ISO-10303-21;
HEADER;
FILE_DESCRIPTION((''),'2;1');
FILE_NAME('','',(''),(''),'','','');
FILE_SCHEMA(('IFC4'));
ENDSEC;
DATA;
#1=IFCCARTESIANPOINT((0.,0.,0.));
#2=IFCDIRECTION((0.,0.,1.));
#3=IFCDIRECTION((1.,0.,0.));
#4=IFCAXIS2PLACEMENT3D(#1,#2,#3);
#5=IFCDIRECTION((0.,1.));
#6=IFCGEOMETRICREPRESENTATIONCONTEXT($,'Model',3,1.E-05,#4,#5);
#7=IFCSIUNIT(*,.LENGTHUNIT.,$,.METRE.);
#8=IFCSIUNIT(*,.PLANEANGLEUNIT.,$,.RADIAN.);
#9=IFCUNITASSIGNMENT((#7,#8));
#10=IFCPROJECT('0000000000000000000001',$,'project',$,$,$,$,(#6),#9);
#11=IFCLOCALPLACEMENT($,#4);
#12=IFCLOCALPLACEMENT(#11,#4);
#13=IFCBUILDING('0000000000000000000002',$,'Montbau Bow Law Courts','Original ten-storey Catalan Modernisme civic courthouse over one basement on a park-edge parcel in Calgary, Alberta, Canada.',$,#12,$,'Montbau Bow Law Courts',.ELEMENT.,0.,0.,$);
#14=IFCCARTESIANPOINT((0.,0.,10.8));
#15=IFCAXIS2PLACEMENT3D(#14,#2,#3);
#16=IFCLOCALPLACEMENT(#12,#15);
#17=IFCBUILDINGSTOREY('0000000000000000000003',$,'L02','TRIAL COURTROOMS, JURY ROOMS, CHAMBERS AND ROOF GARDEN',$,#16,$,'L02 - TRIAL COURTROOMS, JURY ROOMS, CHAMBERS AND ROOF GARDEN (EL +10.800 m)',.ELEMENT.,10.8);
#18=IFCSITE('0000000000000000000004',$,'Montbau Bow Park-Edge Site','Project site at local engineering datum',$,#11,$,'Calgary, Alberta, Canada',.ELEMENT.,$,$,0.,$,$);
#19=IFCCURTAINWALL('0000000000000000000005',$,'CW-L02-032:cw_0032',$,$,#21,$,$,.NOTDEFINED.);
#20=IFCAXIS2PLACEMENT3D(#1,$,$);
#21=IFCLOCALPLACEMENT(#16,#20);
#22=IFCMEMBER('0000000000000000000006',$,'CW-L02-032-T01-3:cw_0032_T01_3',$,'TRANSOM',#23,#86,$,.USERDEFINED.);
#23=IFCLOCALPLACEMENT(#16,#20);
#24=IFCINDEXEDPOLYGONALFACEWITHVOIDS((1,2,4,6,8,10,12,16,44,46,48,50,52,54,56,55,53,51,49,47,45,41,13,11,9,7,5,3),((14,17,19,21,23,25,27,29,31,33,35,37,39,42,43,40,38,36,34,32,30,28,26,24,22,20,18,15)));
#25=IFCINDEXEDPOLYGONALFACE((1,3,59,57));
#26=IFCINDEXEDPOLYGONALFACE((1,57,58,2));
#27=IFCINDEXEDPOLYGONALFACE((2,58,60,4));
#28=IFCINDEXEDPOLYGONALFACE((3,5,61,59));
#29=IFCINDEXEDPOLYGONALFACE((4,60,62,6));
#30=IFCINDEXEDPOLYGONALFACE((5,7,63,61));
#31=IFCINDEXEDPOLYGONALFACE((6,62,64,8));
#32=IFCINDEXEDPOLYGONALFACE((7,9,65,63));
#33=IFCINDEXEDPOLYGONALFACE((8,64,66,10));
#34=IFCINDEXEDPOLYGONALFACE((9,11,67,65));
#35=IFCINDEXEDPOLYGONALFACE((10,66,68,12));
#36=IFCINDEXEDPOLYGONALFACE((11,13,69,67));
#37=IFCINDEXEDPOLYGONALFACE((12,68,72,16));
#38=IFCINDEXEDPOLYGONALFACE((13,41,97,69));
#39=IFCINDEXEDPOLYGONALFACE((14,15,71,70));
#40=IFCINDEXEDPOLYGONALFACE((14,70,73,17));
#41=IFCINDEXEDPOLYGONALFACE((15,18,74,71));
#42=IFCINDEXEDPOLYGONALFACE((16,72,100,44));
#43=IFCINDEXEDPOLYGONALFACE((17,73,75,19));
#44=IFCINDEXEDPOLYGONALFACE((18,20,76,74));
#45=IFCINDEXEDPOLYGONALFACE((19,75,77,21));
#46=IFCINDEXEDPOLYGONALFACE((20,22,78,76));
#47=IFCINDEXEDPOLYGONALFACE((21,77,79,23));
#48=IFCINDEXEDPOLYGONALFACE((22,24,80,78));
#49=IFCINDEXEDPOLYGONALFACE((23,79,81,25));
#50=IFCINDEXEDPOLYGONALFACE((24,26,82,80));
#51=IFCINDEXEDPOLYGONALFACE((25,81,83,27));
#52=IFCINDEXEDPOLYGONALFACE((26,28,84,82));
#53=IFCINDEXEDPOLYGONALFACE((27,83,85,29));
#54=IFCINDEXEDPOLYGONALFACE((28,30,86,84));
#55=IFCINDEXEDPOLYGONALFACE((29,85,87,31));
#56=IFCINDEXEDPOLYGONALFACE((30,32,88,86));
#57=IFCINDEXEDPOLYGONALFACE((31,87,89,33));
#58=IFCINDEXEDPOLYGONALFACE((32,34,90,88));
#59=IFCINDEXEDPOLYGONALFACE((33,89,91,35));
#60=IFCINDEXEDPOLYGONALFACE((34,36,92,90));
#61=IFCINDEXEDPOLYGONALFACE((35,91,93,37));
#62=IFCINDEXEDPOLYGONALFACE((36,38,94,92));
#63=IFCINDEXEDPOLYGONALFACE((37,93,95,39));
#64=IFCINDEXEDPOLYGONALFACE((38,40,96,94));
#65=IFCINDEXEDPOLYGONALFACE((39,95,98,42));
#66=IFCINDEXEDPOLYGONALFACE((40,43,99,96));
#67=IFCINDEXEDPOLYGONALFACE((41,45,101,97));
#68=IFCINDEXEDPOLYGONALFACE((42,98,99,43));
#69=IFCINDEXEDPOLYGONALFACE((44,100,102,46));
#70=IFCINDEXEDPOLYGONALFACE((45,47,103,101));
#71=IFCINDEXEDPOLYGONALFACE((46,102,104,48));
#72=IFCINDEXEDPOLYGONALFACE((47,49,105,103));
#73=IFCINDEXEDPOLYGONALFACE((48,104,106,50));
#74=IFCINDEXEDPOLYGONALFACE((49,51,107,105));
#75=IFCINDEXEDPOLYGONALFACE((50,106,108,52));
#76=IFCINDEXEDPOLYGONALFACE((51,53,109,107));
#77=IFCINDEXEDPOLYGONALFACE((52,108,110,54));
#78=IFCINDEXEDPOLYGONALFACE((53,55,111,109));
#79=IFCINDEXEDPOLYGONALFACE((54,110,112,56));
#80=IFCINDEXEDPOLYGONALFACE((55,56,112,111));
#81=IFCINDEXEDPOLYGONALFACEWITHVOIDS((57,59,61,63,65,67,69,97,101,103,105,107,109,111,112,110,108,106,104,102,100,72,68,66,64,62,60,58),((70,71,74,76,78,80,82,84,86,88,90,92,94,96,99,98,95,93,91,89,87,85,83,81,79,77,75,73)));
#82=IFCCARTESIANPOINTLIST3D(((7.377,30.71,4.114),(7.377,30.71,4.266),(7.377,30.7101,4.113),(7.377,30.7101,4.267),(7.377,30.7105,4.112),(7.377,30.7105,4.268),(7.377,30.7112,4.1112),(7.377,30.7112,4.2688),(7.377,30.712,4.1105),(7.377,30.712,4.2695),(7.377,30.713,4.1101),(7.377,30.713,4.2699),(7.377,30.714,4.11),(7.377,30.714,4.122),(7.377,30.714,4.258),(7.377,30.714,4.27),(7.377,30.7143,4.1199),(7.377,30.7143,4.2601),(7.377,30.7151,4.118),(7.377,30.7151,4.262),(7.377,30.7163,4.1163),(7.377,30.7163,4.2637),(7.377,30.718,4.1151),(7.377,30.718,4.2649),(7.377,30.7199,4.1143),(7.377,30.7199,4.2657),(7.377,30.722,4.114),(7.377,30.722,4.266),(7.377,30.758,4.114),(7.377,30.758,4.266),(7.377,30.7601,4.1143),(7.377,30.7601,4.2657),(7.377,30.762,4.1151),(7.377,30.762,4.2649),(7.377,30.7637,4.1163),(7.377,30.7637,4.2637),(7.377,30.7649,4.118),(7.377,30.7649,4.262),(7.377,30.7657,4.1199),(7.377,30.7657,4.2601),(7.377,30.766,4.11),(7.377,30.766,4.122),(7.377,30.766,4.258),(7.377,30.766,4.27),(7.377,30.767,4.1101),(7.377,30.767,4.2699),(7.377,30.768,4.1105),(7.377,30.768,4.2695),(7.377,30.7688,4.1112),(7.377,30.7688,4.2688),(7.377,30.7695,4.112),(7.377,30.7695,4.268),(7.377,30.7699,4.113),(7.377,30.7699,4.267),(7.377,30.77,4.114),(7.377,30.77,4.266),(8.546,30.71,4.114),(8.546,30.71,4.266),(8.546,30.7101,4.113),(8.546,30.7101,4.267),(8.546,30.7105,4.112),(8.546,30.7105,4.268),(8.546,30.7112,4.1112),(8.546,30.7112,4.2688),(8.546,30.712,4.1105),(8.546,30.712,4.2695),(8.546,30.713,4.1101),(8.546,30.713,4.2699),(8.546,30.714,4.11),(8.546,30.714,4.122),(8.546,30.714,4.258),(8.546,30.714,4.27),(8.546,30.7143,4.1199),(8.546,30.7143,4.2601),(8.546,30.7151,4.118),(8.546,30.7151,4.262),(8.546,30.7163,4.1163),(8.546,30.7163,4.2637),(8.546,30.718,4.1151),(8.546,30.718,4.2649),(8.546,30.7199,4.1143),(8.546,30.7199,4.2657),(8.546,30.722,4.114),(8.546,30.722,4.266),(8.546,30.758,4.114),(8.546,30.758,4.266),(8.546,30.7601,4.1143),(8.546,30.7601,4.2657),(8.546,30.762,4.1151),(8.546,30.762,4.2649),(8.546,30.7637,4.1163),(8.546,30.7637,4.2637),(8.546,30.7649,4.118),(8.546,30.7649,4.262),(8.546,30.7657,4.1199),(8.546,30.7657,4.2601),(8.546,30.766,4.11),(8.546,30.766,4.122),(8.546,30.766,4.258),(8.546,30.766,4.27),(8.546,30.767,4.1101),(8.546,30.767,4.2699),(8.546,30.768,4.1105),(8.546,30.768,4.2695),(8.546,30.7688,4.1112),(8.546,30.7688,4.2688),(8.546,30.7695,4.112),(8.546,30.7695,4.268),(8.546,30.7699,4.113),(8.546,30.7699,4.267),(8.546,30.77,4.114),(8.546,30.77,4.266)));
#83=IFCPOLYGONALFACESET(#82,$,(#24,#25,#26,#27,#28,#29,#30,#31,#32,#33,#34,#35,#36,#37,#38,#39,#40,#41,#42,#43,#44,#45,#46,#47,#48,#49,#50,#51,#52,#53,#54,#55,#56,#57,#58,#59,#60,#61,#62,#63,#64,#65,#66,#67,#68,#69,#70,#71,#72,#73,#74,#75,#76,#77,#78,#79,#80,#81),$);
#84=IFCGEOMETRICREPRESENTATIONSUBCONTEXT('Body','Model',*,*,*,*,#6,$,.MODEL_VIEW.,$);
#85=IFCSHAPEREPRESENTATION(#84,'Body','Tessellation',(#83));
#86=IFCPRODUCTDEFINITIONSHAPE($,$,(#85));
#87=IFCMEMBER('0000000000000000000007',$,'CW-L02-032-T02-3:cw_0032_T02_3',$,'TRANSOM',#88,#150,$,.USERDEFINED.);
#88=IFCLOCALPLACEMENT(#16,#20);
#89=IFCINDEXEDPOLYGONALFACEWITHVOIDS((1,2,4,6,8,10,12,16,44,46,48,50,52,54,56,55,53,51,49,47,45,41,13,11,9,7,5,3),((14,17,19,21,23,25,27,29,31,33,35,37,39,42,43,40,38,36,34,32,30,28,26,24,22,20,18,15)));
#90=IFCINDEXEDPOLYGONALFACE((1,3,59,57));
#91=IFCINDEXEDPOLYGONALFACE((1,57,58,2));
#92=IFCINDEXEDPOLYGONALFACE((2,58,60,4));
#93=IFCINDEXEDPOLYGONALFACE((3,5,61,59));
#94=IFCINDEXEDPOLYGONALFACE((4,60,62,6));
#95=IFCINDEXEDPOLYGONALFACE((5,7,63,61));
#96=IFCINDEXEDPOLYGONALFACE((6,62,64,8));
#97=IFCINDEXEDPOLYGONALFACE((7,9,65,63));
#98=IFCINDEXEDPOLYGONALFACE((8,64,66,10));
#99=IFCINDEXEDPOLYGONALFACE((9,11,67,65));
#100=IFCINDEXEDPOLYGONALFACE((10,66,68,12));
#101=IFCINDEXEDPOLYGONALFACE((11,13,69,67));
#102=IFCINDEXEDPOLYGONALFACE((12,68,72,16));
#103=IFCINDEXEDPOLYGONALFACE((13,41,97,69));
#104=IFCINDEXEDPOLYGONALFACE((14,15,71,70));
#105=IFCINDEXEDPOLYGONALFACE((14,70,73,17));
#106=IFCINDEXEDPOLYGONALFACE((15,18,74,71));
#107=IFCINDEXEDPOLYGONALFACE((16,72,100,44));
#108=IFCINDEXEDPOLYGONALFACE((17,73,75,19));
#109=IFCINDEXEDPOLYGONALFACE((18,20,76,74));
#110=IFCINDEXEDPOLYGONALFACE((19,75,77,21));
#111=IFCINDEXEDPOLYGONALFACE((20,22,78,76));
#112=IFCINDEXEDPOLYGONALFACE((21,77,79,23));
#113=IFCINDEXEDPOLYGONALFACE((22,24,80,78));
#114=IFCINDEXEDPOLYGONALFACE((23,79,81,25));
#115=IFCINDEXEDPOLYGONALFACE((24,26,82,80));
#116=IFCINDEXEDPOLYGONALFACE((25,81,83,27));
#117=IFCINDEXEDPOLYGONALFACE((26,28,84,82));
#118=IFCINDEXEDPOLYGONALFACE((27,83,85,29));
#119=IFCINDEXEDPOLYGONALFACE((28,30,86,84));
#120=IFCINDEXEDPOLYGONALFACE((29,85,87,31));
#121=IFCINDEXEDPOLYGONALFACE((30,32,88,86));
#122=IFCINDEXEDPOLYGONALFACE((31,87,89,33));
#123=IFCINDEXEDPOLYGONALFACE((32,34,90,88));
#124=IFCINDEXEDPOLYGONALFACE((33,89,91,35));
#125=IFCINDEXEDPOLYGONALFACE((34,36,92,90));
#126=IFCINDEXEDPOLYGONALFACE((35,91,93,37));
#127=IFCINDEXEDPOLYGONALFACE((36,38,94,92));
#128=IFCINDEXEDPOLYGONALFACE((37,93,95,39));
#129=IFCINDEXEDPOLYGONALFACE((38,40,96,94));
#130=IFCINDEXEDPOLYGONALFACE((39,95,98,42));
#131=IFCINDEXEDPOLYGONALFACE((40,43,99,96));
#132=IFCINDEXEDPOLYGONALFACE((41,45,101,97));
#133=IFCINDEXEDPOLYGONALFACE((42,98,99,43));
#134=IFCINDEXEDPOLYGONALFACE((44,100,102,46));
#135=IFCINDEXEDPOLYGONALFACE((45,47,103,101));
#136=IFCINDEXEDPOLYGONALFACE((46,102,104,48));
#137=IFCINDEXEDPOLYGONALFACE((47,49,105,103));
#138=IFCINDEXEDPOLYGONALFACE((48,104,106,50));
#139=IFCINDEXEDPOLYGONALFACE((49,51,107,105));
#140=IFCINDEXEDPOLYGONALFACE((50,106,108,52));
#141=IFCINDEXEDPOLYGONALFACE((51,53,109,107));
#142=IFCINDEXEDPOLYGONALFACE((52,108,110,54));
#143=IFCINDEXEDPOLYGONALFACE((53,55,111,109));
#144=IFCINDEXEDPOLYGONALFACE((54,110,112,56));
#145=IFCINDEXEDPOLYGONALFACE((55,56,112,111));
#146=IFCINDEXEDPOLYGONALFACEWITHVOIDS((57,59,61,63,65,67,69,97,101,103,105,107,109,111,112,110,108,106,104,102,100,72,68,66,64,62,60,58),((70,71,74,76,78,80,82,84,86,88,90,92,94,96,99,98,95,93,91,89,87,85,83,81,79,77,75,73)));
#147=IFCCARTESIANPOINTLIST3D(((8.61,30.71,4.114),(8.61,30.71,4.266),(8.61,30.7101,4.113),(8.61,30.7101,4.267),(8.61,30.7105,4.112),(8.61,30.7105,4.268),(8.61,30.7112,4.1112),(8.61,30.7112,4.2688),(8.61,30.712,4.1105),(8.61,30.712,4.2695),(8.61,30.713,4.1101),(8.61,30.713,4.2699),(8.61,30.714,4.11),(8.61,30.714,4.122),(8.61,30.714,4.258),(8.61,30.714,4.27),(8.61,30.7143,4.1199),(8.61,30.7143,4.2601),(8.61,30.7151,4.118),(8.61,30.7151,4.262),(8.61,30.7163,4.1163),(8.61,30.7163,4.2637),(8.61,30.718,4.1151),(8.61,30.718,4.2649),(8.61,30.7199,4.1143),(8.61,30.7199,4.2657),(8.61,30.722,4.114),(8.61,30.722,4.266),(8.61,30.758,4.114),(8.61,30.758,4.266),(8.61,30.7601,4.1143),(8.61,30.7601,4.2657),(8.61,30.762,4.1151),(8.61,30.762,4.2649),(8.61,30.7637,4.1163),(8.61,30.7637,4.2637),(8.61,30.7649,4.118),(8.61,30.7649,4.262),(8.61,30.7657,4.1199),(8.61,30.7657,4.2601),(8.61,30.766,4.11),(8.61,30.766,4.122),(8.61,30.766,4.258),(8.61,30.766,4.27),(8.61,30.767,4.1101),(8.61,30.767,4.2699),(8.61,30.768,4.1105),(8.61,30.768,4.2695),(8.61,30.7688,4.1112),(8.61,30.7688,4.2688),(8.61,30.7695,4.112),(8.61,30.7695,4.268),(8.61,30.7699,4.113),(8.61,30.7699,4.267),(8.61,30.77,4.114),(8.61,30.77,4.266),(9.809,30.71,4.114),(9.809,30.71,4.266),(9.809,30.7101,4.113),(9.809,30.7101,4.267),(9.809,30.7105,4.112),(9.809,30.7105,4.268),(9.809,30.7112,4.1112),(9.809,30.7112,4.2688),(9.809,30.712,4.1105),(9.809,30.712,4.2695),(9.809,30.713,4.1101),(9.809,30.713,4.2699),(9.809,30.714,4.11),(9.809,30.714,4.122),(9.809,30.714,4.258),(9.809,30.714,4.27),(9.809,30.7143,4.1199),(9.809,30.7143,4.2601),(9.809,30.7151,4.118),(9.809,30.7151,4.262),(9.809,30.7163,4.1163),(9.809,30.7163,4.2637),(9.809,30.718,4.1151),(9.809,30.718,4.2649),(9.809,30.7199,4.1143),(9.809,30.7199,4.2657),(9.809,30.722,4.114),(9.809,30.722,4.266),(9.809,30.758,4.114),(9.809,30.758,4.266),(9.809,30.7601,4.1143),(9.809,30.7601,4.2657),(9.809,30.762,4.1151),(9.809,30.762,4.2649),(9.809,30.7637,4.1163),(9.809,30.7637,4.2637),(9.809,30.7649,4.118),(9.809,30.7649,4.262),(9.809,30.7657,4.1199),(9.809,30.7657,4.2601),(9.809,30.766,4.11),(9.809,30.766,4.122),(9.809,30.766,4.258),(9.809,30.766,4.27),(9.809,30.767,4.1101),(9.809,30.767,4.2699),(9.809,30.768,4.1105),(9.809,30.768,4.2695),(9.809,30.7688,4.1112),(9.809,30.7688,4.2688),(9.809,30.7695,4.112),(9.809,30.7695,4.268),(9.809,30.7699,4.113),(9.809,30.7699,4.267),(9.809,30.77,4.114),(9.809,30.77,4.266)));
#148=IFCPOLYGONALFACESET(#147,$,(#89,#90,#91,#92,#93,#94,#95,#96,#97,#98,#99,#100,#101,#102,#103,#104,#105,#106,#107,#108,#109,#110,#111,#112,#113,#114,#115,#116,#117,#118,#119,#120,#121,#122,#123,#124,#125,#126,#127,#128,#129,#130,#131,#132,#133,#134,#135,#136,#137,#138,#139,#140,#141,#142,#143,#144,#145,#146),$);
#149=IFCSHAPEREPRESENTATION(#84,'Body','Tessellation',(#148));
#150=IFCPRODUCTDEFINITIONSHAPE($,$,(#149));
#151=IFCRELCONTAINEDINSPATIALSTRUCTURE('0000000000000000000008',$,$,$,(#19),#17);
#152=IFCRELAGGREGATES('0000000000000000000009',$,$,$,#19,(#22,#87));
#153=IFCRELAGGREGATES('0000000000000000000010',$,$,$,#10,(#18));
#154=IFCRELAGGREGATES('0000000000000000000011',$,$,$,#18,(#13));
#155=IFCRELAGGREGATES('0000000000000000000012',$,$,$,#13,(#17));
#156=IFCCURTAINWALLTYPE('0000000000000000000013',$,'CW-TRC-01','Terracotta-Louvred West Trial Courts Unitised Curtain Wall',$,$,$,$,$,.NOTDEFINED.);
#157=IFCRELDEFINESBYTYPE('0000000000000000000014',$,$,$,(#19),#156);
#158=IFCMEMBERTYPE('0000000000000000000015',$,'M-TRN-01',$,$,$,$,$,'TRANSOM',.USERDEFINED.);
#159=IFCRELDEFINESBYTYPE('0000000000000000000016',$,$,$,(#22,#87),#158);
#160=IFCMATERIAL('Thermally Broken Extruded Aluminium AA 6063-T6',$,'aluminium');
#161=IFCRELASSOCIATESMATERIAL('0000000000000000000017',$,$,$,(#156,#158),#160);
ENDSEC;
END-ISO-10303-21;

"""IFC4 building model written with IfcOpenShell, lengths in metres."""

from ifc_helpers import new_model, si_unit, direction, frame, origin_with_axes, origin_2d_with_axis, place, context, subcontext, project, spatial, hollow_rectangle, extrude, material, material_profile, profile_set, type_object, element, aggregate, save


model = new_model("IFC4")

# Units and contexts
model_context = context("Model", 3, precision=1e-05, world=origin_with_axes(), true_north=direction((0.0, 1.0)))
body_context = subcontext(model_context, "Body", "Model", "MODEL_VIEW")
ifc_project = project(units=[si_unit("LENGTHUNIT", "METRE"), si_unit("PLANEANGLEUNIT", "RADIAN")], contexts=[model_context])

# Site, building, storey
site_placement = place(None, origin_with_axes())
site = spatial("IfcSite", under=ifc_project, at=site_placement, Name="Montbau Bow Park-Edge Site", Description="Project site at local engineering datum", LongName="Calgary, Alberta, Canada", CompositionType="ELEMENT", RefElevation=0.0)
building_placement = place(site_placement, origin_with_axes())
building = spatial("IfcBuilding", under=site, at=building_placement, Name="Montbau Bow Law Courts", Description="Original ten-storey Catalan Modernisme civic courthouse over one basement on a park-edge parcel in Calgary, Alberta, Canada.", LongName="Montbau Bow Law Courts", CompositionType="ELEMENT", ElevationOfRefHeight=0.0, ElevationOfTerrain=0.0)
storey_placement = place(building_placement, frame((0.0, 0.0, 10.8), z_axis=(0.0, 0.0, 1.0), x_axis=(1.0, 0.0, 0.0)))
storey = spatial("IfcBuildingStorey", under=building, at=storey_placement, Name="L02", Description="TRIAL COURTROOMS, JURY ROOMS, CHAMBERS AND ROOF GARDEN", LongName="L02 - TRIAL COURTROOMS, JURY ROOMS, CHAMBERS AND ROOF GARDEN (EL +10.800 m)", CompositionType="ELEMENT", Elevation=10.8)

# Curtain wall, members
ifc_material_1 = material(Name="Thermally Broken Extruded Aluminium AA 6063-T6", Category="aluminium")
curtain_wall_type = type_object("IfcCurtainWallType", Name="CW-TRC-01", Description="Terracotta-Louvred West Trial Courts Unitised Curtain Wall", PredefinedType="NOTDEFINED", material=ifc_material_1)
curtain_wall_1_placement = place(None, frame((7.315, 30.74, 10.8), z_axis=(0.0, 0.0, 1.0), x_axis=(1.0, 0.0, 0.0)))
curtain_wall_1 = element("IfcCurtainWall", 1, at=curtain_wall_1_placement, inside=storey, type_object=curtain_wall_type, Name="CW-L02-032:cw_0032", PredefinedType="NOTDEFINED")
ifc_material_profile_1 = material_profile(ifc_material_1, hollow_rectangle(XDim=0.06, YDim=0.16, WallThickness=0.004, InnerFilletRadius=0.008, OuterFilletRadius=0.004, at=origin_2d_with_axis()), Name="CWT-160X60", Category="Main", Priority=0)
ifc_profile_set_1 = profile_set([ifc_material_profile_1], Name="Thermally Broken Extruded Aluminium AA 6063-T6")
member_type_1 = type_object("IfcMemberType", Name="M-TRN-01", ElementType="TRANSOM", PredefinedType="USERDEFINED", material=ifc_profile_set_1)
member_1_placement = place(None, frame((7.377, 30.74, 14.99), z_axis=(1.0, 0.0, 0.0), x_axis=(0.0, 1.0, 0.0)))
member_1 = element("IfcMember", 2, at=member_1_placement, type_object=member_type_1, Name="CW-L02-032-T01-3:cw_0032_T01_3", ObjectType="TRANSOM", PredefinedType="USERDEFINED", context=body_context, shape_type="SweptSolid", body=[
    extrude(hollow_rectangle(XDim=0.06, YDim=0.16, WallThickness=0.004, InnerFilletRadius=0.008, OuterFilletRadius=0.004, at=origin_2d_with_axis()), origin_with_axes(), (0.0, 0.0, 1.0), 1.169),
])
member_2_placement = place(None, frame((8.61, 30.74, 14.99), z_axis=(1.0, 0.0, 0.0), x_axis=(0.0, 1.0, 0.0)))
member_2 = element("IfcMember", 3, at=member_2_placement, type_object=member_type_1, Name="CW-L02-032-T02-3:cw_0032_T02_3", ObjectType="TRANSOM", PredefinedType="USERDEFINED", context=body_context, shape_type="SweptSolid", body=[
    extrude(hollow_rectangle(XDim=0.06, YDim=0.16, WallThickness=0.004, InnerFilletRadius=0.008, OuterFilletRadius=0.004, at=origin_2d_with_axis()), origin_with_axes(), (0.0, 0.0, 1.0), 1.199),
])
aggregate(curtain_wall_1, [member_1, member_2])

save(model, "model.ifc")
